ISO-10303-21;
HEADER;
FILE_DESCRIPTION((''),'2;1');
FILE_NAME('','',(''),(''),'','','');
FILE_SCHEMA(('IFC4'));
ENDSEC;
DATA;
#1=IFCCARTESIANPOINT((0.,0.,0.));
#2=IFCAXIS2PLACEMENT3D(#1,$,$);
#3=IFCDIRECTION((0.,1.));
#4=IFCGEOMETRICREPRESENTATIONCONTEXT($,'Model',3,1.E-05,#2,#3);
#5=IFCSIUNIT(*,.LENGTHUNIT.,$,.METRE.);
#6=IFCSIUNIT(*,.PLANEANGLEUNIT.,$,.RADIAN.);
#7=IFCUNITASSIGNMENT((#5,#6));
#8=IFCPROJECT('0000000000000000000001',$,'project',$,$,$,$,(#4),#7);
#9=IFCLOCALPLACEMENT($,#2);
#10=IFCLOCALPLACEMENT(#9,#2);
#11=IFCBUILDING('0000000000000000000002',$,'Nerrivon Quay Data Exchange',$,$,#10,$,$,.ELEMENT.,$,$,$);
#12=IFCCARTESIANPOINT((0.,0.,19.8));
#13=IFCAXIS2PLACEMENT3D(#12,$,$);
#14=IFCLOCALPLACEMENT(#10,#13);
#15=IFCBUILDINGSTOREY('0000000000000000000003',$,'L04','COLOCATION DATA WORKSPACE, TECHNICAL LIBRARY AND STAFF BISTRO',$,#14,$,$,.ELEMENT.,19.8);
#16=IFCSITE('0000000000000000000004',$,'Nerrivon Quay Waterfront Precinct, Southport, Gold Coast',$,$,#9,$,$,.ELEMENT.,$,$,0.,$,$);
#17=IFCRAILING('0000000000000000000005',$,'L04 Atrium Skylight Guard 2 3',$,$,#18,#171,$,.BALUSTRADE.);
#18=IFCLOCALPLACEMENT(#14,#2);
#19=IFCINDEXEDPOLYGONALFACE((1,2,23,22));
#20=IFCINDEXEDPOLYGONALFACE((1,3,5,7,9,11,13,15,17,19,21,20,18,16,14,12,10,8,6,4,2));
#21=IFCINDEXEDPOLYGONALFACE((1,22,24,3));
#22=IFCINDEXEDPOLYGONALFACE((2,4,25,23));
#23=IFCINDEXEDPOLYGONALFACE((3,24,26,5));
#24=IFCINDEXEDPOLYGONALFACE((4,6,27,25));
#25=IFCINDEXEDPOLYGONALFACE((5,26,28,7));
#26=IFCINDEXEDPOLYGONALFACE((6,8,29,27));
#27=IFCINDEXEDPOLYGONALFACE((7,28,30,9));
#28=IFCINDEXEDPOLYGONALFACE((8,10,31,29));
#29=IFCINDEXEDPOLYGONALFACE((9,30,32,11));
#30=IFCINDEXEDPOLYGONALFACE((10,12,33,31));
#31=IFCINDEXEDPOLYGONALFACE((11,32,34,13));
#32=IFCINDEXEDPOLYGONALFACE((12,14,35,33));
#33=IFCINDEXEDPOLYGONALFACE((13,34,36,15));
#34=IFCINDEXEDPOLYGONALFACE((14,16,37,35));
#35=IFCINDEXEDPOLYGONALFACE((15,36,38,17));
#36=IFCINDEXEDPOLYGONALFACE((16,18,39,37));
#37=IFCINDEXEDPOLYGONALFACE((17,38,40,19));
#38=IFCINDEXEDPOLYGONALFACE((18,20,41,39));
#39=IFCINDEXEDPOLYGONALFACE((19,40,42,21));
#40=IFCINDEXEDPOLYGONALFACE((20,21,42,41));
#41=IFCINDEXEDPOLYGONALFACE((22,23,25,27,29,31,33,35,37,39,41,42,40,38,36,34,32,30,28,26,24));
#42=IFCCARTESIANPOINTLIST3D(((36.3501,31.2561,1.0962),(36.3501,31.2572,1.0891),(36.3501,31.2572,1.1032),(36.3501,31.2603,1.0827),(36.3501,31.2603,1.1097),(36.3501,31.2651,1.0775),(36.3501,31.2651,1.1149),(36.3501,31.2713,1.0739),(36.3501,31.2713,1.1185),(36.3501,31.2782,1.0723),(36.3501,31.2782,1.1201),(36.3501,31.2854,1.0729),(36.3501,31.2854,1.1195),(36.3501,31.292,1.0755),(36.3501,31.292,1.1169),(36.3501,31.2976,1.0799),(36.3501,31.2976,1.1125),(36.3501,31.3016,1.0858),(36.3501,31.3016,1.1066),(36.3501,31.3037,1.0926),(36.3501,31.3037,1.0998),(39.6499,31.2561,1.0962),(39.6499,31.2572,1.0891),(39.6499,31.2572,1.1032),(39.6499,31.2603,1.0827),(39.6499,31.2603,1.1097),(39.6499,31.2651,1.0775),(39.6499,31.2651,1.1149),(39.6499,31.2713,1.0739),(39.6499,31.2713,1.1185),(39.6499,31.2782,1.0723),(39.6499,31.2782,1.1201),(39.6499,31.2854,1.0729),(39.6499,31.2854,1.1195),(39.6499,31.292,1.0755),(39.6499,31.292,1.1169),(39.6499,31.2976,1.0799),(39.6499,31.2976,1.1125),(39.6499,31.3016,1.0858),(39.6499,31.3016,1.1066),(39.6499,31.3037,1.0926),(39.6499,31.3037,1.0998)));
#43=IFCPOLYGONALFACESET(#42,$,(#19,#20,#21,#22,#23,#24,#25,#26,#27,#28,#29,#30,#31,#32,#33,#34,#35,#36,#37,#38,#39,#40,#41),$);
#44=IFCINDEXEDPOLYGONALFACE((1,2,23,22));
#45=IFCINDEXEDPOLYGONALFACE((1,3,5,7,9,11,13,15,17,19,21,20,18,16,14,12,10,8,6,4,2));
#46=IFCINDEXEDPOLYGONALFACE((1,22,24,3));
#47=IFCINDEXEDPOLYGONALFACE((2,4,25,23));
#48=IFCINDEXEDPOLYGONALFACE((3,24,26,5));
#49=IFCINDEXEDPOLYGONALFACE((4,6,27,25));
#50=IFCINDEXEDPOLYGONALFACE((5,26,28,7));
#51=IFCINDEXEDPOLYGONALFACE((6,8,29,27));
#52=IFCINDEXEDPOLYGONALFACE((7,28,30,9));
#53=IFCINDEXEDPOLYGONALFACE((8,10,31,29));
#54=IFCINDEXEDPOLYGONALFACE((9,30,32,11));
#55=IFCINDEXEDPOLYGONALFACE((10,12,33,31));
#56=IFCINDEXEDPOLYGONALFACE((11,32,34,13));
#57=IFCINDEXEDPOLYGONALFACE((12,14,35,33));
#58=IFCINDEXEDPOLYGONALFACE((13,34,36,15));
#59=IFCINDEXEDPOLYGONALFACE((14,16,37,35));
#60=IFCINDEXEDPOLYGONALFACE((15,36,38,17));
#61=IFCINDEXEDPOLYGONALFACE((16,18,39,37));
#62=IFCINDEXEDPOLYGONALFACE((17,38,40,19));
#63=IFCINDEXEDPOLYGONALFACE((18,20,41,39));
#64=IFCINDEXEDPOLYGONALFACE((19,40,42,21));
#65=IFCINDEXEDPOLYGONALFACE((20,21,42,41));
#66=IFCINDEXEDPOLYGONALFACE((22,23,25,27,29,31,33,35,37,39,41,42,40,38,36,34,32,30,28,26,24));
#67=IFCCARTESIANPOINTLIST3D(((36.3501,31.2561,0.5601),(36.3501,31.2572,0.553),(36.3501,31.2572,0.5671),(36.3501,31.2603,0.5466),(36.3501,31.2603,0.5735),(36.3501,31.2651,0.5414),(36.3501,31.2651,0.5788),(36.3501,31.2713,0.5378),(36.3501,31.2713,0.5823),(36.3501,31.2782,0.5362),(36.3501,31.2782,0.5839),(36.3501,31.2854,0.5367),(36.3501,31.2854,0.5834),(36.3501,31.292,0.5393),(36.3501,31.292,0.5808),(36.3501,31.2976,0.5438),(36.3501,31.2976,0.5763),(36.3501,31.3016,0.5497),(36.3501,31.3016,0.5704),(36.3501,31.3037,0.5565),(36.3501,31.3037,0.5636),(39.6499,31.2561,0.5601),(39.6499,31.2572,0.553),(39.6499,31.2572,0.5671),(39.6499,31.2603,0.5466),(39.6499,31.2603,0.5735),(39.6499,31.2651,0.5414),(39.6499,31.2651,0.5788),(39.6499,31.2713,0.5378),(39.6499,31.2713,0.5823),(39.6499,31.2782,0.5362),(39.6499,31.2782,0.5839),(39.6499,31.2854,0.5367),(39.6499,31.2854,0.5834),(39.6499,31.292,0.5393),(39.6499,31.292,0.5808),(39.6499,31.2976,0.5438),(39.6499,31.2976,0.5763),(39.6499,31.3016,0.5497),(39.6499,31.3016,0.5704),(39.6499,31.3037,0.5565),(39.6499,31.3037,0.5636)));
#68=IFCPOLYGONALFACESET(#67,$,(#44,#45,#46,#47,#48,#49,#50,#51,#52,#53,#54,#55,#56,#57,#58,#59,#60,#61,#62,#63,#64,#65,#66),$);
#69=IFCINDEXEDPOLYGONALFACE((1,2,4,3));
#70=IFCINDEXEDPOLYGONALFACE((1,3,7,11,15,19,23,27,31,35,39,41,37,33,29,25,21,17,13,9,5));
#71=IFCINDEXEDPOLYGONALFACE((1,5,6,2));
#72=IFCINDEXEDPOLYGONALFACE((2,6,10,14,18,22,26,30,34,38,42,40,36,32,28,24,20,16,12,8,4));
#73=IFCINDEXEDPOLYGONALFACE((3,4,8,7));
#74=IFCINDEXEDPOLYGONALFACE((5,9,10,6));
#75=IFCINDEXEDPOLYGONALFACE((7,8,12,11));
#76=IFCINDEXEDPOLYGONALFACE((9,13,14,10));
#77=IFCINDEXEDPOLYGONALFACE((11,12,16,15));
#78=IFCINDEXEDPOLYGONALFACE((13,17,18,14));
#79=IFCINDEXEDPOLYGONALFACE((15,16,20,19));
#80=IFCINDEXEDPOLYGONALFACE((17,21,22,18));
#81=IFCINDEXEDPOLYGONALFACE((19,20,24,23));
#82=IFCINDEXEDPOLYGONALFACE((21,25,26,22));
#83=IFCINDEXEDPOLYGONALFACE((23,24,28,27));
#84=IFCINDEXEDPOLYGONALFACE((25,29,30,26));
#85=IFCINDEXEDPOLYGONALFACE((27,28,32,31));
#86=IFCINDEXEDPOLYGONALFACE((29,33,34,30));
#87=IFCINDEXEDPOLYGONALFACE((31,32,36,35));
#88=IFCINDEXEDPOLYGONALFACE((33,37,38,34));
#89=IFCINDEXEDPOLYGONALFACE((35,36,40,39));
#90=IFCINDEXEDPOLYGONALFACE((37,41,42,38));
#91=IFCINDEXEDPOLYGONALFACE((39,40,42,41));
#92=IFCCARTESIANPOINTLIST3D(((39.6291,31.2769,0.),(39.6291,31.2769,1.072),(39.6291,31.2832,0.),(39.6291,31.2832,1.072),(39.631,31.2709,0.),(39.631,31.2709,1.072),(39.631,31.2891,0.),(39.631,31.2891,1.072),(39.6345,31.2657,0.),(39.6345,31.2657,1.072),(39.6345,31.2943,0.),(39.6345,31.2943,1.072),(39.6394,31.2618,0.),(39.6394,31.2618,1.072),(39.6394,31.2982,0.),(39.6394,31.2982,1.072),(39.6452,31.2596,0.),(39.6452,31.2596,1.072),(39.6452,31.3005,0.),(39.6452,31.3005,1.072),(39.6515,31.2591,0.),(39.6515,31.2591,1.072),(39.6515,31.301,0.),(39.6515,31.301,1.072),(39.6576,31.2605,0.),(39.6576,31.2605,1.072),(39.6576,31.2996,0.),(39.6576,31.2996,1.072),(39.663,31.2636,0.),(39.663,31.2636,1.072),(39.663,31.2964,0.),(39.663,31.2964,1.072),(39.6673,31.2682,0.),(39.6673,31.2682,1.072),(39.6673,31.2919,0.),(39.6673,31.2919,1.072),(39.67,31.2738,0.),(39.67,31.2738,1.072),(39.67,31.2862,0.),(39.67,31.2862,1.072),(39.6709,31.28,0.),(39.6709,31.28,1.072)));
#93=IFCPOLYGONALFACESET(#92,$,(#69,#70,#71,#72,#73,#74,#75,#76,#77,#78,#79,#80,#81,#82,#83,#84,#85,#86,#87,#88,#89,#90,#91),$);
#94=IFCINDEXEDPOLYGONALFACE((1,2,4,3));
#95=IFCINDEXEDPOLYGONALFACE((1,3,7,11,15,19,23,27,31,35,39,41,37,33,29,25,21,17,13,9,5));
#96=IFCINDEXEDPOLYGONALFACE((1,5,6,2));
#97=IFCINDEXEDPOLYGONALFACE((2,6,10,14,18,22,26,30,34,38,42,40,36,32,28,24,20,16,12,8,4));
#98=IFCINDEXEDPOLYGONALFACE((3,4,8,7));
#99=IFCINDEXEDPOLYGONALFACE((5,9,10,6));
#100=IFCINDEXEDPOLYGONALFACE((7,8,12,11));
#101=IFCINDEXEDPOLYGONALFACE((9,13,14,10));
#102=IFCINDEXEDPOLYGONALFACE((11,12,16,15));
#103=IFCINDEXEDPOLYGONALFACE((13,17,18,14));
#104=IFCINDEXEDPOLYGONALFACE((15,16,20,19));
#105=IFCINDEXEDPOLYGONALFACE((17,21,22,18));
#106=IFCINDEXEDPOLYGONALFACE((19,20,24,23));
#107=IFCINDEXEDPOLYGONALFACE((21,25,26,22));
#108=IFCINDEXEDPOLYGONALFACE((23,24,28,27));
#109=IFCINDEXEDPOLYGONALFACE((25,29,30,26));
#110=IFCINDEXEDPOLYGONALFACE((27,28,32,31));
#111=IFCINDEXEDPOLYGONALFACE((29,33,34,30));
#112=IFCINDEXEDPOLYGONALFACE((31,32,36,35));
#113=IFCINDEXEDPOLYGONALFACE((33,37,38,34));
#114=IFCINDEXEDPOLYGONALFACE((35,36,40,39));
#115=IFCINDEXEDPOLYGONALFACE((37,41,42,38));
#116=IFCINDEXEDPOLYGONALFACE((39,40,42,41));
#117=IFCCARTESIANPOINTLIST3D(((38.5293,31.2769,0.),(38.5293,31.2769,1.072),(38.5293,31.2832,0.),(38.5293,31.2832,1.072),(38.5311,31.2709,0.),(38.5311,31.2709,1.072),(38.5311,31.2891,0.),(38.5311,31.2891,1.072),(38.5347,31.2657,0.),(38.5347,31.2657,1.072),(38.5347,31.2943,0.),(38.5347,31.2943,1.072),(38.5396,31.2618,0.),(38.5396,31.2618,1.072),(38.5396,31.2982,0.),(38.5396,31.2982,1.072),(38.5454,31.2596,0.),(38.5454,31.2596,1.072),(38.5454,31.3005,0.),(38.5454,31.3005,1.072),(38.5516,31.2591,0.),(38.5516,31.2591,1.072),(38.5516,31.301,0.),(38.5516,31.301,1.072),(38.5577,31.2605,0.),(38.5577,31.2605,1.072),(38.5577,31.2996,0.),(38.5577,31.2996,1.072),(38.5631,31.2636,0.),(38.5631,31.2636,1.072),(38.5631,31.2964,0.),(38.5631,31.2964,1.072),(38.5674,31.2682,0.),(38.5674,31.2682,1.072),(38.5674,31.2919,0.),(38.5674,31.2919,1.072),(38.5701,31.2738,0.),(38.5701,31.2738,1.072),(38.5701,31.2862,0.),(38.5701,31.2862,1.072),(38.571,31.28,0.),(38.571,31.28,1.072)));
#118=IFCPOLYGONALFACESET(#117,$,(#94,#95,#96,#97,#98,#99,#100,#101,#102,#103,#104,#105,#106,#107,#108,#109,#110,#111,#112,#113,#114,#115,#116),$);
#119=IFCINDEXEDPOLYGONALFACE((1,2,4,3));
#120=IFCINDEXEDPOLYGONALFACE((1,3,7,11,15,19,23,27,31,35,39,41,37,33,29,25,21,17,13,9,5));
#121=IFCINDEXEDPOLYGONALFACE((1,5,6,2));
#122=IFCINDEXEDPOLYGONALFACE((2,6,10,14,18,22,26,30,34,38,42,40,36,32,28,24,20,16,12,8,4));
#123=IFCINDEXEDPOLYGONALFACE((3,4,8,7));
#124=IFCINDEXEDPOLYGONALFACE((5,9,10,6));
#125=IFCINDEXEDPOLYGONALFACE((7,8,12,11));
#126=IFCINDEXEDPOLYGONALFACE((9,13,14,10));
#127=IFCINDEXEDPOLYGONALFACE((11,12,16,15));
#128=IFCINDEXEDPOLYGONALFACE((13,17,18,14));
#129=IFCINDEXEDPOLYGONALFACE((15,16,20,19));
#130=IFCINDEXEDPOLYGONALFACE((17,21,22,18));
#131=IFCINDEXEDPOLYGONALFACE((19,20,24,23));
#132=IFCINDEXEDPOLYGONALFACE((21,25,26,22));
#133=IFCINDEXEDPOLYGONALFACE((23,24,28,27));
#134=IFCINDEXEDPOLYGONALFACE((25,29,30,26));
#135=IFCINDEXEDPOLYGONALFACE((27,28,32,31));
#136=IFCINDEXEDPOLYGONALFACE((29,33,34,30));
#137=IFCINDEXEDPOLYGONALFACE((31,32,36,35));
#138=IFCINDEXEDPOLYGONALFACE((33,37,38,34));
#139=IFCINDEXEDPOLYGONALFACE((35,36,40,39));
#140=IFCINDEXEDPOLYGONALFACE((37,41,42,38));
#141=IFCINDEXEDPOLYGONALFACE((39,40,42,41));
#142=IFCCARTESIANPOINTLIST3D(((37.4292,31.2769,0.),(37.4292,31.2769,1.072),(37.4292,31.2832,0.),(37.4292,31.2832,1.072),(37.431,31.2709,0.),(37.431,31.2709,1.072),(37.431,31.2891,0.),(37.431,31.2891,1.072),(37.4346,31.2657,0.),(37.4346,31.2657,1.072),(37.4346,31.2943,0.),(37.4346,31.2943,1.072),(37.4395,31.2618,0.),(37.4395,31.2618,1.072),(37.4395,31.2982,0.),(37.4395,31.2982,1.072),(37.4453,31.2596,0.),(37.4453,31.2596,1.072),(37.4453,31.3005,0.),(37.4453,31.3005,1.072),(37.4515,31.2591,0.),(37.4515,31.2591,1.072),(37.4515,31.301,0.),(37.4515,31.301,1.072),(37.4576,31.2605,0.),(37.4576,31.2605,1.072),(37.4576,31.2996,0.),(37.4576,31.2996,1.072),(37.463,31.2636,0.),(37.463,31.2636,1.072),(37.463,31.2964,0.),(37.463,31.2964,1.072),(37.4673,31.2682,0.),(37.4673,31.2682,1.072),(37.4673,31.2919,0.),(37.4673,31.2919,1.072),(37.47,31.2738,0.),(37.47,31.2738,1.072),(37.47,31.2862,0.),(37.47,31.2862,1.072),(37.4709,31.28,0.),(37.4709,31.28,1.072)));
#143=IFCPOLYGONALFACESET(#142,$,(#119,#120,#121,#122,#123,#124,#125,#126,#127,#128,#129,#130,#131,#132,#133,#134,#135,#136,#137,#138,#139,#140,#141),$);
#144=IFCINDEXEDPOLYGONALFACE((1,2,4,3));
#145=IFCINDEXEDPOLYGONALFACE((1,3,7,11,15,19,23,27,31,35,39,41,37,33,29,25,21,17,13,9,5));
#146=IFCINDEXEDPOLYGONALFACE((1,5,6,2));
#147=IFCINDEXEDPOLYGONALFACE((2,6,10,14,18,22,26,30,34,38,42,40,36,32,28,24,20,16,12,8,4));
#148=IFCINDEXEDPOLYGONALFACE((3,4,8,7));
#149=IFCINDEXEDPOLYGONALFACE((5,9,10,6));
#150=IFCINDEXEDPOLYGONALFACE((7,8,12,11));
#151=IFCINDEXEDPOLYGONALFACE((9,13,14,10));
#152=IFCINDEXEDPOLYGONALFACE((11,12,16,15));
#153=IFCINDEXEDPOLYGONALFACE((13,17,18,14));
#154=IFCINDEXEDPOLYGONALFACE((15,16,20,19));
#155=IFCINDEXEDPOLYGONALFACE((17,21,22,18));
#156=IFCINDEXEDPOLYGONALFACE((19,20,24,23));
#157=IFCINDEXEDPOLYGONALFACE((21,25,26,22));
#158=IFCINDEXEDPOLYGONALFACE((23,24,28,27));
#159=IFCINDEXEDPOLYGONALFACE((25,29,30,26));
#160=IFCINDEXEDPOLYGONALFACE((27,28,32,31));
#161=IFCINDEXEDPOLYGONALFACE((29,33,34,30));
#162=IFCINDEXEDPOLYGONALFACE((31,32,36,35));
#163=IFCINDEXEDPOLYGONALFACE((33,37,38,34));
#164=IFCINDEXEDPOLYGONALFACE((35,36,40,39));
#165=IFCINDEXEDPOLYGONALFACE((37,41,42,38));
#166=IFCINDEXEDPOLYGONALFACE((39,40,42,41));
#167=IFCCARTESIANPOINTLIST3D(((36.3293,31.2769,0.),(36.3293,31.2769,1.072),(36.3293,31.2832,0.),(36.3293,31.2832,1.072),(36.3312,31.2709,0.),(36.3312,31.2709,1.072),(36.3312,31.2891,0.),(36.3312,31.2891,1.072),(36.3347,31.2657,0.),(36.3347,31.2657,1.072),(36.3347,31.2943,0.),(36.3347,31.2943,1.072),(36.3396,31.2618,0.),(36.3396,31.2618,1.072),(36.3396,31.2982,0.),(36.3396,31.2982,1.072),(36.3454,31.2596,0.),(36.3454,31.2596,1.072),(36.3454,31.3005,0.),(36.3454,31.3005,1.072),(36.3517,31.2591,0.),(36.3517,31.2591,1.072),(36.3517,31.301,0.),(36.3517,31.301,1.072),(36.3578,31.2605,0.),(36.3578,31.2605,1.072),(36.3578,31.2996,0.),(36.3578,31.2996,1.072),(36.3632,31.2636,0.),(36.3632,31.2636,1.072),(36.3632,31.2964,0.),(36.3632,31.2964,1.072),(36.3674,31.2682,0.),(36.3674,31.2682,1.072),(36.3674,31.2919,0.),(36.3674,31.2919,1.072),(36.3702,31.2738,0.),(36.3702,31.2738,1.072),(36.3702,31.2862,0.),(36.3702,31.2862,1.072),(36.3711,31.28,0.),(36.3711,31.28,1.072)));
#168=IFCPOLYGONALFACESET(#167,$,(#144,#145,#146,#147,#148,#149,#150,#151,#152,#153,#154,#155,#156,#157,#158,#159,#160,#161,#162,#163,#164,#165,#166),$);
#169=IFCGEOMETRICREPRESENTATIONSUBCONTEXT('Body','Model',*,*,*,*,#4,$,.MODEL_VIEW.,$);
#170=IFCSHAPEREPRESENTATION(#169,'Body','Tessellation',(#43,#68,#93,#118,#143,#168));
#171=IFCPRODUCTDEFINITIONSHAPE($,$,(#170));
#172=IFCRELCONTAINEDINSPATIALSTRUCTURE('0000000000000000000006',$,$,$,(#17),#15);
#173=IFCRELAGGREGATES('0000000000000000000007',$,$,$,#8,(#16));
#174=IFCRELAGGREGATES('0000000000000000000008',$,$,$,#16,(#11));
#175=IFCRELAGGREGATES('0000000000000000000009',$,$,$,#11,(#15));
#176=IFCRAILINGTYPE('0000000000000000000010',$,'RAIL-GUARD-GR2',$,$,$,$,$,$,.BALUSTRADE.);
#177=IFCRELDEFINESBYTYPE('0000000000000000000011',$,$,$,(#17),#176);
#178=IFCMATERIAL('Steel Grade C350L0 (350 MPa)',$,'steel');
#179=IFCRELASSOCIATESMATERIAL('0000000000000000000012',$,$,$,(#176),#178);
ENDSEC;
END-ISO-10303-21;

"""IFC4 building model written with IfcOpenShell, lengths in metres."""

from ifc_helpers import new_model, si_unit, direction, frame, origin, origin_2d, place, context, subcontext, project, spatial, circle, extrude, material, type_object, element, save


model = new_model("IFC4")

# Units and contexts
model_context = context("Model", 3, precision=1e-05, world=origin(), true_north=direction((0.0, 1.0)))
body_context = subcontext(model_context, "Body", "Model", "MODEL_VIEW")
ifc_project = project(units=[si_unit("LENGTHUNIT", "METRE"), si_unit("PLANEANGLEUNIT", "RADIAN")], contexts=[model_context])

# Site, building, storey
site_placement = place(None, origin())
site = spatial("IfcSite", under=ifc_project, at=site_placement, Name="Nerrivon Quay Waterfront Precinct, Southport, Gold Coast", CompositionType="ELEMENT", RefElevation=0.0)
building_placement = place(site_placement, origin())
building = spatial("IfcBuilding", under=site, at=building_placement, Name="Nerrivon Quay Data Exchange", CompositionType="ELEMENT")
storey_placement = place(building_placement, frame((0.0, 0.0, 19.8)))
storey = spatial("IfcBuildingStorey", under=building, at=storey_placement, Name="L04", Description="COLOCATION DATA WORKSPACE, TECHNICAL LIBRARY AND STAFF BISTRO", CompositionType="ELEMENT", Elevation=19.8)

# Railing
ifc_material_1 = material(Name="Steel Grade C350L0 (350 MPa)", Category="steel")
railing_type = type_object("IfcRailingType", Name="RAIL-GUARD-GR2", PredefinedType="BALUSTRADE", material=ifc_material_1)
railing_1_placement = place(storey_placement, frame((39.6499, 31.28, 0.0)))
element("IfcRailing", 1, at=railing_1_placement, inside=storey, type_object=railing_type, Name="L04 Atrium Skylight Guard 2 3", PredefinedType="BALUSTRADE", context=body_context, shape_type="SweptSolid", body=[
    extrude(circle(Radius=0.0239, at=origin_2d()), frame((0.0, 0.0, 1.0962), z_axis=(-1.0, 0.0, 0.0), x_axis=(0.0, -1.0, 0.0)), (0.0, 0.0, 1.0), 3.2998),
    extrude(circle(Radius=0.0239, at=origin_2d()), frame((0.0, 0.0, 0.5601), z_axis=(-1.0, 0.0, 0.0), x_axis=(0.0, -1.0, 0.0)), (0.0, 0.0, 1.0), 3.2998),
    extrude(circle(Radius=0.021, at=origin_2d()), origin(), (0.0, 0.0, 1.0), 1.072),
    extrude(circle(Radius=0.021, at=origin_2d()), frame((-1.0999, 0.0, 0.0)), (0.0, 0.0, 1.0), 1.072),
    extrude(circle(Radius=0.021, at=origin_2d()), frame((-2.2, 0.0, 0.0)), (0.0, 0.0, 1.0), 1.072),
    extrude(circle(Radius=0.021, at=origin_2d()), frame((-3.2998, 0.0, 0.0)), (0.0, 0.0, 1.0), 1.072),
])

save(model, "model.ifc")
